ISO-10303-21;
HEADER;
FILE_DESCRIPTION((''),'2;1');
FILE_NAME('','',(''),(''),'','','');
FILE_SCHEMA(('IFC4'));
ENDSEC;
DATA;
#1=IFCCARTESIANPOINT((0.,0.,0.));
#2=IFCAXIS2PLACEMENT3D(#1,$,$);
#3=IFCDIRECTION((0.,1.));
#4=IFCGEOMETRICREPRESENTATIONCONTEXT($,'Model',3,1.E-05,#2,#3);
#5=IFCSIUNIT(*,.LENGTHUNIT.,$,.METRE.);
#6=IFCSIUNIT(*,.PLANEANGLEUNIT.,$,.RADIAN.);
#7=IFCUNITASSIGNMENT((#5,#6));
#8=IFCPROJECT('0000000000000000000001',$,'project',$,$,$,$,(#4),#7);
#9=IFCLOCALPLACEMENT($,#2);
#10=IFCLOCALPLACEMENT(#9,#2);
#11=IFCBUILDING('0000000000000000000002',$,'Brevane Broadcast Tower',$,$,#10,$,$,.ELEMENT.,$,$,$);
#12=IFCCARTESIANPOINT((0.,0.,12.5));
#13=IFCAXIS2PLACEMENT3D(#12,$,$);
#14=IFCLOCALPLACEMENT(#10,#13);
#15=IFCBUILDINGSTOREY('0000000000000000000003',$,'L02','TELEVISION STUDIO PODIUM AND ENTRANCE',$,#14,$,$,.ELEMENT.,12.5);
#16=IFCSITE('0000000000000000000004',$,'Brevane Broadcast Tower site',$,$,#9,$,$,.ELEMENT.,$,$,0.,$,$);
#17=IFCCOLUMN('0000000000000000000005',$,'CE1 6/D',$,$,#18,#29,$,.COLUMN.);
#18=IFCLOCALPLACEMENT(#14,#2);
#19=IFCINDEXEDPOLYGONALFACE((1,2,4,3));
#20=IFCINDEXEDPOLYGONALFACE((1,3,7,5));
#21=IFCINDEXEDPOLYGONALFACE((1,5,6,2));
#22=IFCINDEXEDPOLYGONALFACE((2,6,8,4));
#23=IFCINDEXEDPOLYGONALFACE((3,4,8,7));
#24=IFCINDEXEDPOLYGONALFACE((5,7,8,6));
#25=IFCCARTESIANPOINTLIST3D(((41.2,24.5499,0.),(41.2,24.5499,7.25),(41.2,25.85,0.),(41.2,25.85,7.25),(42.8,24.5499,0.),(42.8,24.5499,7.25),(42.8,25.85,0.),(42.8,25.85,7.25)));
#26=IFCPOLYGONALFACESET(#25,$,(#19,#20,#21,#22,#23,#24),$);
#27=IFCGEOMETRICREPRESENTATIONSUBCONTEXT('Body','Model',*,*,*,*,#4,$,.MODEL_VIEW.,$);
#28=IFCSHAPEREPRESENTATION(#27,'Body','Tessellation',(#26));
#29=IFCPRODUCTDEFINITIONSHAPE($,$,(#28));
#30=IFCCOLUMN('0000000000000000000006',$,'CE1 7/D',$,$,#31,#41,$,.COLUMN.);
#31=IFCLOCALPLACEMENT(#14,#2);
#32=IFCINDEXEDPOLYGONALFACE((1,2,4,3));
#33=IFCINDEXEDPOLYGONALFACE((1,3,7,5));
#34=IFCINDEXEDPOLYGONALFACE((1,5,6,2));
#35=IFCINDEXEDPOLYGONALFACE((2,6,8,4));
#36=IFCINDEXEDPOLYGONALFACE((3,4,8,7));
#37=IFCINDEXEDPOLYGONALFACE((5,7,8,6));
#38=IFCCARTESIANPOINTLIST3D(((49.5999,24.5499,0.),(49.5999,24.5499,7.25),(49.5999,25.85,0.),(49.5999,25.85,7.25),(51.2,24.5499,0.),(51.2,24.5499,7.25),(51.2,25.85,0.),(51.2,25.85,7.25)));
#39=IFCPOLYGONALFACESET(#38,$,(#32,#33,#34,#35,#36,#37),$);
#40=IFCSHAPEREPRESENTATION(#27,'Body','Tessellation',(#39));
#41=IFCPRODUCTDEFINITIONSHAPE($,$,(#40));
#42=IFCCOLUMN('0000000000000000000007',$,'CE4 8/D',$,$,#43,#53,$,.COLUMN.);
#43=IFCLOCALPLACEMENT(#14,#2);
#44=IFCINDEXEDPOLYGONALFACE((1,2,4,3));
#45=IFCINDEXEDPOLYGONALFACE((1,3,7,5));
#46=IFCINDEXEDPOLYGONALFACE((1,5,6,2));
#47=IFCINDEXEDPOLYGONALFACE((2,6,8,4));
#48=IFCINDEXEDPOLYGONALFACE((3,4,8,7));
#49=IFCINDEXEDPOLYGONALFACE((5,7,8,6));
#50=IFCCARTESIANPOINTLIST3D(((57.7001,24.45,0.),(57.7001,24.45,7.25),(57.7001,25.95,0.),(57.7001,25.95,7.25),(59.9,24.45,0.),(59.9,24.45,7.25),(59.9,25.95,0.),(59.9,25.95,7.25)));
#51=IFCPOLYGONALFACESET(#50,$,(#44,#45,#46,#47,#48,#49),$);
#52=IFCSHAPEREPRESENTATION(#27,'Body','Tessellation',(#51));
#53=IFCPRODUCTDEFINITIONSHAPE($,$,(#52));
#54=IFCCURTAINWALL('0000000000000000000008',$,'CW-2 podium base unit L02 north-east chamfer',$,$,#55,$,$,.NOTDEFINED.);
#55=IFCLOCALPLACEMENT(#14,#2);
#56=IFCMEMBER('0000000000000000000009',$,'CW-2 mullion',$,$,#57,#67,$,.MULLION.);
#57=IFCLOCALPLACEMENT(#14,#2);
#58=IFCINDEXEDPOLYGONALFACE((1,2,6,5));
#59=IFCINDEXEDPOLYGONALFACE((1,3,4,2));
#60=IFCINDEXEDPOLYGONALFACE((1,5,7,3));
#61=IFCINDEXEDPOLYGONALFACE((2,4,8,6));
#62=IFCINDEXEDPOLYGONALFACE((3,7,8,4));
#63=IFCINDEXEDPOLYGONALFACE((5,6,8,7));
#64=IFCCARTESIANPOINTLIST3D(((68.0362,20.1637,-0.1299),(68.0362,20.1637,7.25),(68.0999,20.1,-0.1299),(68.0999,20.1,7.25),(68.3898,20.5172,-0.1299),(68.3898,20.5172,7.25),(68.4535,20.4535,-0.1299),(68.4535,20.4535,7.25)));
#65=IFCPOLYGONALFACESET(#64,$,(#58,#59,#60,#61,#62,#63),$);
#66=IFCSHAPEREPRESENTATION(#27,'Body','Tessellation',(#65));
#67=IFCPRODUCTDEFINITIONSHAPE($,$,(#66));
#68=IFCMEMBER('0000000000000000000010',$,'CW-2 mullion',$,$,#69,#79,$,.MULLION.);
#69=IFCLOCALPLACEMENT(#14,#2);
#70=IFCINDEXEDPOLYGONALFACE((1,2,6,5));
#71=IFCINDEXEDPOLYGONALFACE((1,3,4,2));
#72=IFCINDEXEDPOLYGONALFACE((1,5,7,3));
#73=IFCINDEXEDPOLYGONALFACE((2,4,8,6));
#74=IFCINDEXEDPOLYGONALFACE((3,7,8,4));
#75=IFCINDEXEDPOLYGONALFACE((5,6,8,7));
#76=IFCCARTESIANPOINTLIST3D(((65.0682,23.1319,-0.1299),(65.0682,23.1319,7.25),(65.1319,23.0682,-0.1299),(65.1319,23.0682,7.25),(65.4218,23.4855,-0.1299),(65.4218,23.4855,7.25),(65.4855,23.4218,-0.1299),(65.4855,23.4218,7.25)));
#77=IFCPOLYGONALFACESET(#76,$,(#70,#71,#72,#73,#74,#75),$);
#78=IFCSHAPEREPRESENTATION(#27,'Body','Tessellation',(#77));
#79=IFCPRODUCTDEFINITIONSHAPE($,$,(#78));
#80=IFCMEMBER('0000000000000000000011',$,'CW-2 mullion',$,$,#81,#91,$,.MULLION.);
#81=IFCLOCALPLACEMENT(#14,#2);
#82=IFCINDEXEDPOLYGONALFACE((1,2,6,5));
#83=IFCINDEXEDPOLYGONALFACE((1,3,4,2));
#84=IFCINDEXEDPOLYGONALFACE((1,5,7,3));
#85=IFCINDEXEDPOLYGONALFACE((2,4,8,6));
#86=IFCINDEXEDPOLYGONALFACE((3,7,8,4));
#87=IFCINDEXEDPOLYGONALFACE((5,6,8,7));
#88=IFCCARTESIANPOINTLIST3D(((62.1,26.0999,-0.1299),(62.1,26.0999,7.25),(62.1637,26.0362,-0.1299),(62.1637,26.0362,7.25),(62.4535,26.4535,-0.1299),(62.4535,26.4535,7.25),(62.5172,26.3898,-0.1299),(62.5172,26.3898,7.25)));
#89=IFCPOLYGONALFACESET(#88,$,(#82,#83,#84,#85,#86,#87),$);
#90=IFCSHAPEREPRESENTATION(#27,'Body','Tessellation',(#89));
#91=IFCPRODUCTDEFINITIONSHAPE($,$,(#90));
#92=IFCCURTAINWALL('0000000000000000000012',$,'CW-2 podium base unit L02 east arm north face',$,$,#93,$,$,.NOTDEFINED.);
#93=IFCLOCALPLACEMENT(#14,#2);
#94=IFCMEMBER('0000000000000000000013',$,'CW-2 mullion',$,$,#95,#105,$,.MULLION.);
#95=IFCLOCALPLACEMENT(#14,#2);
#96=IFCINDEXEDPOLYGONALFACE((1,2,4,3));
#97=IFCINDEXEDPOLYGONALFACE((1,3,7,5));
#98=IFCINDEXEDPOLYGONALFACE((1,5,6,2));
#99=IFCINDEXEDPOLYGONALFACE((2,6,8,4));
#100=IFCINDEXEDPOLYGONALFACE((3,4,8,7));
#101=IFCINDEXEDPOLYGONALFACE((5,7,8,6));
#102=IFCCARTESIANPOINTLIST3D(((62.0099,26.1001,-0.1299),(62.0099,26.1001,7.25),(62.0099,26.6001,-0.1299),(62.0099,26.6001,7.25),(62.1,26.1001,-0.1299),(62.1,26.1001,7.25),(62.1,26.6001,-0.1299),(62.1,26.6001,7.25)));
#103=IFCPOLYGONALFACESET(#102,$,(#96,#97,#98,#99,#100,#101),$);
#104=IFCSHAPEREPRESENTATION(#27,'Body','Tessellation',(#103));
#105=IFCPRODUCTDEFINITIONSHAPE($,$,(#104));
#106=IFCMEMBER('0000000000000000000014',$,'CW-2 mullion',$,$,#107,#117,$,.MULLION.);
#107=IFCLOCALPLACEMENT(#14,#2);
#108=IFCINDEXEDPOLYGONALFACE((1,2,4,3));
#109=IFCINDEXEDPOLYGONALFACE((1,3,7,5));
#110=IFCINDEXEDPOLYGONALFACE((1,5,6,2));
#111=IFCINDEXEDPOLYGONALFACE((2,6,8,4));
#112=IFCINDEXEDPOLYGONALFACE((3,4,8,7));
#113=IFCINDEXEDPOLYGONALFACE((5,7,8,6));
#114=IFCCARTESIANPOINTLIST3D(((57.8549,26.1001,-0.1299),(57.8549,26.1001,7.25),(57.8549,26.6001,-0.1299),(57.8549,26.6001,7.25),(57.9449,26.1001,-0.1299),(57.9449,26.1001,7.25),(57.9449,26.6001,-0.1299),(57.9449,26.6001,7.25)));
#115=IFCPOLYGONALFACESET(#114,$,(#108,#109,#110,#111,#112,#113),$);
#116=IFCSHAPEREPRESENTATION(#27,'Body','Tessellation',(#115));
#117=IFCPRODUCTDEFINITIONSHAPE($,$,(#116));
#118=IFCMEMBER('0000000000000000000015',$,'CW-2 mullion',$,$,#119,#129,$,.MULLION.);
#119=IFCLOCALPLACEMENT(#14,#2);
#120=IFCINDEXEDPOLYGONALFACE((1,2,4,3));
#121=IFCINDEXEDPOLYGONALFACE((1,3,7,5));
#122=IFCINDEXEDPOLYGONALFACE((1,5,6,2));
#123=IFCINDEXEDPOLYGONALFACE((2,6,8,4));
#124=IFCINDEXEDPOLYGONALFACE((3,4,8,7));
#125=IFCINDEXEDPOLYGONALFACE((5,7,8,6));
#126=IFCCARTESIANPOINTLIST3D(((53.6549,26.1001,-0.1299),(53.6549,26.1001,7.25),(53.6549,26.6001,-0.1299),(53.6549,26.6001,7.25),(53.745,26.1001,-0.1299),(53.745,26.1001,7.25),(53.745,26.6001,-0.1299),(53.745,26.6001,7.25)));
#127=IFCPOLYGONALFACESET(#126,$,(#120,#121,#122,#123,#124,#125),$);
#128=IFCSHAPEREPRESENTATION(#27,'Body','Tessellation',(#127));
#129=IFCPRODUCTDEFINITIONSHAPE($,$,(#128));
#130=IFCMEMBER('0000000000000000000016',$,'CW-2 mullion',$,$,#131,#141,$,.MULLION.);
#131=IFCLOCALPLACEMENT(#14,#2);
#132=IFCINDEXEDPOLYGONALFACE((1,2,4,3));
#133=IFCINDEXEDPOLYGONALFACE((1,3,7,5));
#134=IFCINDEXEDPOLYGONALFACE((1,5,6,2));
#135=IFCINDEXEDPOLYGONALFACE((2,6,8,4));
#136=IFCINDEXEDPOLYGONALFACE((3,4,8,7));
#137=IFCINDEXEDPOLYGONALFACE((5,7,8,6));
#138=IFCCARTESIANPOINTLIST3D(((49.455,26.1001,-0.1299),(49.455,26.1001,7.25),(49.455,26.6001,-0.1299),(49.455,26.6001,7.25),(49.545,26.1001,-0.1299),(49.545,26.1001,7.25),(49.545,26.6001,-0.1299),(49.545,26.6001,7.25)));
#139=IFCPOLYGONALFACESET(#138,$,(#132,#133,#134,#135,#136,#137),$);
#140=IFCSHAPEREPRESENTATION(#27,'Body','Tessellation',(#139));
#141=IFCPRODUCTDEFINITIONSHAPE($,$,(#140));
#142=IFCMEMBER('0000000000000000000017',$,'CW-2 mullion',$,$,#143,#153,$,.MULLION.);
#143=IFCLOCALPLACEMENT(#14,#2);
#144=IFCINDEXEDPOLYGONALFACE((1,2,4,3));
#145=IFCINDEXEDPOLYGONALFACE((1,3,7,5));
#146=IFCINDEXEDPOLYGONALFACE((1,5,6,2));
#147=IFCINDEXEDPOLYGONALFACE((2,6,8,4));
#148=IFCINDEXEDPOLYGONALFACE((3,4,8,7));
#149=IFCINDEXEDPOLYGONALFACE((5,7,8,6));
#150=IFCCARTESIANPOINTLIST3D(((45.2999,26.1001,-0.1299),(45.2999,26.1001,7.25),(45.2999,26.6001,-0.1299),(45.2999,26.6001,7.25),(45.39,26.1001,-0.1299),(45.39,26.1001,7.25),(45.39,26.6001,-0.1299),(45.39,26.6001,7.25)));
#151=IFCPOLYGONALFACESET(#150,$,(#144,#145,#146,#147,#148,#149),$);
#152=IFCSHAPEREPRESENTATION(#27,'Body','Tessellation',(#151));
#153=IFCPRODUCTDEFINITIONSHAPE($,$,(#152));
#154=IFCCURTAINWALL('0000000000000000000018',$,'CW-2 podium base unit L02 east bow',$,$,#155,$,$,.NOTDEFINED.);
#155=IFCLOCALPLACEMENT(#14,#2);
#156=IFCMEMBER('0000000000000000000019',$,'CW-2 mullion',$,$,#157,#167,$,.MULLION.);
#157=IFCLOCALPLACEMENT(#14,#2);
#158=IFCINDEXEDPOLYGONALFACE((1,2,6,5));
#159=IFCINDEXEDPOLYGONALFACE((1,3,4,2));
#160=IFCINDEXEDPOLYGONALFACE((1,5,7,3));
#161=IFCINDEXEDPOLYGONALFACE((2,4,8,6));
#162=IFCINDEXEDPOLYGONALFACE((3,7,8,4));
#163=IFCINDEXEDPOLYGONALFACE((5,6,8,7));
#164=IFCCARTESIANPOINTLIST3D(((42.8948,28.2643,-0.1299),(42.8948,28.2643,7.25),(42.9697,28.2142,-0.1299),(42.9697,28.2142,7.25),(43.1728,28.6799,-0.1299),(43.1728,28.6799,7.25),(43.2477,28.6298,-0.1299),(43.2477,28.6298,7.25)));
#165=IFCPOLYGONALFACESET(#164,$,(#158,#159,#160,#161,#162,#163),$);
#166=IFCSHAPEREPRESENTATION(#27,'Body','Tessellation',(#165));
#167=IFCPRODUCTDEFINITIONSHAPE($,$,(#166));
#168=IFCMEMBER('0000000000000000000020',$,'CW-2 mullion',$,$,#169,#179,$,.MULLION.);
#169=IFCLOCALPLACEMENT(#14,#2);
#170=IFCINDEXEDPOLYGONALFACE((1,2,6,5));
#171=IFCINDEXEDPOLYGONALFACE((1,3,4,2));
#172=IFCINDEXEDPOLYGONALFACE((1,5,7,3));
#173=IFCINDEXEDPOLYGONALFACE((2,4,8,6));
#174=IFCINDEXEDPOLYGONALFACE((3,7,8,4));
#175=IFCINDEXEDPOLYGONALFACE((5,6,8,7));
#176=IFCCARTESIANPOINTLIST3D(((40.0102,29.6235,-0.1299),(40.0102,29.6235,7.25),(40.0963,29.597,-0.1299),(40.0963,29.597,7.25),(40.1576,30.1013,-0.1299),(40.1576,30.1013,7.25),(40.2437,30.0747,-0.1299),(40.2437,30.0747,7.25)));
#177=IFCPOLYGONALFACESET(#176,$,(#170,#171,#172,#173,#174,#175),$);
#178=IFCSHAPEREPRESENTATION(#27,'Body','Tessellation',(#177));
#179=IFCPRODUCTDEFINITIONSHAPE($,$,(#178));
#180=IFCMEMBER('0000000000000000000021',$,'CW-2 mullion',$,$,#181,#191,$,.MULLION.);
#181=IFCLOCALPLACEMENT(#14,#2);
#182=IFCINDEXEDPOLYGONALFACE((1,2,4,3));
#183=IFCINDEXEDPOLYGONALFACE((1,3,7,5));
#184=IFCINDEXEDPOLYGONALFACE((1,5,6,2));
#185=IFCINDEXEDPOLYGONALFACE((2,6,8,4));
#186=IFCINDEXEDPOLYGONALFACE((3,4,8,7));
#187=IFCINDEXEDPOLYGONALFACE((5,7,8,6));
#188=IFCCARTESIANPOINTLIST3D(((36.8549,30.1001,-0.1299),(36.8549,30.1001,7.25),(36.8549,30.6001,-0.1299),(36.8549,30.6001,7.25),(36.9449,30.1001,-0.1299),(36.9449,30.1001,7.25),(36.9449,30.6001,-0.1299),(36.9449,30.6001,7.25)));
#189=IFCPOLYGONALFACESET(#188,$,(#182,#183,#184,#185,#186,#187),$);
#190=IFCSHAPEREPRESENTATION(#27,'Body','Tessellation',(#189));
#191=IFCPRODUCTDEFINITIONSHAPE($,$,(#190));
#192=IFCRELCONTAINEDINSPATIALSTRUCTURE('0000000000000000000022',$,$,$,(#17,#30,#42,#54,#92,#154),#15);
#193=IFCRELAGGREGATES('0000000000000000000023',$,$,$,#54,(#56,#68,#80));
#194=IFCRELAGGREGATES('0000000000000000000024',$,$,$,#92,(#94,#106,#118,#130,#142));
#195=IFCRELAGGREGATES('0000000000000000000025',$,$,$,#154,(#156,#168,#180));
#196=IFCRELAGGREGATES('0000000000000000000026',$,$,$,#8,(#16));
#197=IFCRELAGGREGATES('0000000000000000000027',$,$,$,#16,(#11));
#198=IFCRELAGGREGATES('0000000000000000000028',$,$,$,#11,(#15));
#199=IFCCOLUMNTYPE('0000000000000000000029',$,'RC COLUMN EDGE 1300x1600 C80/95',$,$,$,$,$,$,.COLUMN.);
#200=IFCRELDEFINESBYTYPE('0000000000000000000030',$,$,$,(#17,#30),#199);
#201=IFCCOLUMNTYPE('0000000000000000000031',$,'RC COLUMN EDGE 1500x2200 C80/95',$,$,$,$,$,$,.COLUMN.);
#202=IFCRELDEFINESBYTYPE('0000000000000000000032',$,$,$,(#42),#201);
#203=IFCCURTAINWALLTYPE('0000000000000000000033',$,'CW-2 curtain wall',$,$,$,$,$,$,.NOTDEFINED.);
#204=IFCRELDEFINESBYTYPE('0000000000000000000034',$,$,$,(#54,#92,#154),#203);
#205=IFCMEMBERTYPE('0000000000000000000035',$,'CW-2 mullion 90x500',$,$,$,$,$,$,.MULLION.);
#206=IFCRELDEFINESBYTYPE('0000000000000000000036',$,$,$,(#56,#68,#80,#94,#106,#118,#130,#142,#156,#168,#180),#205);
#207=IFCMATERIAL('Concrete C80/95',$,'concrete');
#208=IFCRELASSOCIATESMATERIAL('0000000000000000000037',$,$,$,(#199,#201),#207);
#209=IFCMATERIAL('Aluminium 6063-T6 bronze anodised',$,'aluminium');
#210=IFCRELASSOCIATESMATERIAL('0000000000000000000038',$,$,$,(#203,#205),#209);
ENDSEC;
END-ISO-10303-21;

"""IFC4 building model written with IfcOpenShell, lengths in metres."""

from ifc_helpers import new_model, si_unit, direction, frame, origin, origin_2d, place, context, subcontext, project, spatial, rectangle, extrude, material, material_profile, profile_set, type_object, element, aggregate, save


model = new_model("IFC4")

# Units and contexts
model_context = context("Model", 3, precision=1e-05, world=origin(), true_north=direction((0.0, 1.0)))
body_context = subcontext(model_context, "Body", "Model", "MODEL_VIEW")
ifc_project = project(units=[si_unit("LENGTHUNIT", "METRE"), si_unit("PLANEANGLEUNIT", "RADIAN")], contexts=[model_context])

# Site, building, storey
site_placement = place(None, origin())
site = spatial("IfcSite", under=ifc_project, at=site_placement, Name="Brevane Broadcast Tower site", CompositionType="ELEMENT", RefElevation=0.0)
building_placement = place(site_placement, origin())
building = spatial("IfcBuilding", under=site, at=building_placement, Name="Brevane Broadcast Tower", CompositionType="ELEMENT")
storey_placement = place(building_placement, frame((0.0, 0.0, 12.5)))
storey = spatial("IfcBuildingStorey", under=building, at=storey_placement, Name="L02", Description="TELEVISION STUDIO PODIUM AND ENTRANCE", CompositionType="ELEMENT", Elevation=12.5)

# Columns
ifc_material_1 = material(Name="Concrete C80/95", Category="concrete")
ifc_material_profile_1 = material_profile(ifc_material_1, rectangle(XDim=1.3, YDim=1.6001, at=origin_2d()), Name="RC 1300x1600")
ifc_profile_set_1 = profile_set([ifc_material_profile_1], Name="Concrete C80/95")
column_type_1 = type_object("IfcColumnType", Name="RC COLUMN EDGE 1300x1600 C80/95", PredefinedType="COLUMN", material=ifc_profile_set_1)
for number, where, z_axis, x_axis, name in (
    (1, (42.0, 25.2, 0.0), (0.0, 0.0, 1.0), (0.0, 1.0, 0.0), "CE1 6/D"),
    (2, (50.3999, 25.2, 0.0), (0.0, 0.0, 1.0), (0.0, 1.0, 0.0), "CE1 7/D"),
):
    element("IfcColumn", number, at=place(storey_placement, frame(where, z_axis=z_axis, x_axis=x_axis)), inside=storey, type_object=column_type_1, Name=name, PredefinedType="COLUMN", context=body_context, shape_type="SweptSolid", body=[
        extrude(rectangle(XDim=1.3, YDim=1.6001, at=origin_2d()), origin(), (0.0, 0.0, 1.0), 7.25),
    ])
ifc_material_profile_2 = material_profile(ifc_material_1, rectangle(XDim=1.5, YDim=2.2, at=origin_2d()), Name="RC 1500x2200")
ifc_profile_set_2 = profile_set([ifc_material_profile_2], Name="Concrete C80/95")
column_type_2 = type_object("IfcColumnType", Name="RC COLUMN EDGE 1500x2200 C80/95", PredefinedType="COLUMN", material=ifc_profile_set_2)
column_placement = place(storey_placement, frame((58.8, 25.2, 0.0), z_axis=(0.0, 0.0, 1.0), x_axis=(0.0, 1.0, 0.0)))
element("IfcColumn", 3, at=column_placement, inside=storey, type_object=column_type_2, Name="CE4 8/D", PredefinedType="COLUMN", context=body_context, shape_type="SweptSolid", body=[
    extrude(rectangle(XDim=1.5, YDim=2.2, at=origin_2d()), origin(), (0.0, 0.0, 1.0), 7.25),
])

# Curtain walls, members
ifc_material_2 = material(Name="Aluminium 6063-T6 bronze anodised", Category="aluminium")
curtain_wall_type = type_object("IfcCurtainWallType", Name="CW-2 curtain wall", PredefinedType="NOTDEFINED", material=ifc_material_2)
curtain_wall_1_placement = place(storey_placement, origin())
curtain_wall_1 = element("IfcCurtainWall", 4, at=curtain_wall_1_placement, inside=storey, type_object=curtain_wall_type, Name="CW-2 podium base unit L02 north-east chamfer", PredefinedType="NOTDEFINED")
ifc_material_profile_3 = material_profile(ifc_material_2, rectangle(XDim=0.5, YDim=0.0901, at=origin_2d()), Name="RECT 90x500")
ifc_profile_set_3 = profile_set([ifc_material_profile_3], Name="Aluminium 6063-T6 bronze anodised")
member_type_1 = type_object("IfcMemberType", Name="CW-2 mullion 90x500", PredefinedType="MULLION", material=ifc_profile_set_3)
member_1_placement = place(storey_placement, frame((68.2449, 20.3086, -0.1299), z_axis=(0.0, 0.0, 1.0), x_axis=(-0.707107, -0.707107, 0.0)))
member_1 = element("IfcMember", 5, at=member_1_placement, type_object=member_type_1, Name="CW-2 mullion", PredefinedType="MULLION", context=body_context, shape_type="SweptSolid", body=[
    extrude(rectangle(XDim=0.5, YDim=0.0901, at=origin_2d()), origin(), (0.0, 0.0, 1.0), 7.3799),
])
member_2_placement = place(storey_placement, frame((65.2769, 23.2769, -0.1299), z_axis=(0.0, 0.0, 1.0), x_axis=(-0.707107, -0.707107, 0.0)))
member_2 = element("IfcMember", 6, at=member_2_placement, type_object=member_type_1, Name="CW-2 mullion", PredefinedType="MULLION", context=body_context, shape_type="SweptSolid", body=[
    extrude(rectangle(XDim=0.5, YDim=0.0901, at=origin_2d()), origin(), (0.0, 0.0, 1.0), 7.3799),
])
member_3_placement = place(storey_placement, frame((62.3086, 26.2449, -0.1299), z_axis=(0.0, 0.0, 1.0), x_axis=(-0.707107, -0.707107, 0.0)))
member_3 = element("IfcMember", 7, at=member_3_placement, type_object=member_type_1, Name="CW-2 mullion", PredefinedType="MULLION", context=body_context, shape_type="SweptSolid", body=[
    extrude(rectangle(XDim=0.5, YDim=0.0901, at=origin_2d()), origin(), (0.0, 0.0, 1.0), 7.3799),
])
aggregate(curtain_wall_1, [member_1, member_2, member_3])
curtain_wall_2_placement = place(storey_placement, origin())
curtain_wall_2 = element("IfcCurtainWall", 8, at=curtain_wall_2_placement, inside=storey, type_object=curtain_wall_type, Name="CW-2 podium base unit L02 east arm north face", PredefinedType="NOTDEFINED")
member_4_placement = place(storey_placement, frame((62.0549, 26.3501, -0.1299), z_axis=(0.0, 0.0, 1.0), x_axis=(0.0, -1.0, 0.0)))
member_4 = element("IfcMember", 9, at=member_4_placement, type_object=member_type_1, Name="CW-2 mullion", PredefinedType="MULLION", context=body_context, shape_type="SweptSolid", body=[
    extrude(rectangle(XDim=0.5, YDim=0.0901, at=origin_2d()), origin(), (0.0, 0.0, 1.0), 7.3799),
])
member_5_placement = place(storey_placement, frame((57.8999, 26.3501, -0.1299), z_axis=(0.0, 0.0, 1.0), x_axis=(0.0, -1.0, 0.0)))
member_5 = element("IfcMember", 10, at=member_5_placement, type_object=member_type_1, Name="CW-2 mullion", PredefinedType="MULLION", context=body_context, shape_type="SweptSolid", body=[
    extrude(rectangle(XDim=0.5, YDim=0.0901, at=origin_2d()), origin(), (0.0, 0.0, 1.0), 7.3799),
])
member_6_placement = place(storey_placement, frame((53.7, 26.3501, -0.1299), z_axis=(0.0, 0.0, 1.0), x_axis=(0.0, -1.0, 0.0)))
member_6 = element("IfcMember", 11, at=member_6_placement, type_object=member_type_1, Name="CW-2 mullion", PredefinedType="MULLION", context=body_context, shape_type="SweptSolid", body=[
    extrude(rectangle(XDim=0.5, YDim=0.0901, at=origin_2d()), origin(), (0.0, 0.0, 1.0), 7.3799),
])
member_7_placement = place(storey_placement, frame((49.5, 26.3501, -0.1299), z_axis=(0.0, 0.0, 1.0), x_axis=(0.0, -1.0, 0.0)))
member_7 = element("IfcMember", 12, at=member_7_placement, type_object=member_type_1, Name="CW-2 mullion", PredefinedType="MULLION", context=body_context, shape_type="SweptSolid", body=[
    extrude(rectangle(XDim=0.5, YDim=0.0901, at=origin_2d()), origin(), (0.0, 0.0, 1.0), 7.3799),
])
member_8_placement = place(storey_placement, frame((45.345, 26.3501, -0.1299), z_axis=(0.0, 0.0, 1.0), x_axis=(0.0, -1.0, 0.0)))
member_8 = element("IfcMember", 13, at=member_8_placement, type_object=member_type_1, Name="CW-2 mullion", PredefinedType="MULLION", context=body_context, shape_type="SweptSolid", body=[
    extrude(rectangle(XDim=0.5, YDim=0.0901, at=origin_2d()), origin(), (0.0, 0.0, 1.0), 7.3799),
])
curtain_wall_3_placement = place(storey_placement, origin())
curtain_wall_3 = element("IfcCurtainWall", 14, at=curtain_wall_3_placement, inside=storey, type_object=curtain_wall_type, Name="CW-2 podium base unit L02 east bow", PredefinedType="NOTDEFINED")
member_9_placement = place(storey_placement, frame((43.0713, 28.447, -0.1299), z_axis=(0.0, 0.0, 1.0), x_axis=(-0.555997, -0.831184, 0.0)))
member_9 = element("IfcMember", 15, at=member_9_placement, type_object=member_type_1, Name="CW-2 mullion", PredefinedType="MULLION", context=body_context, shape_type="SweptSolid", body=[
    extrude(rectangle(XDim=0.5, YDim=0.0901, at=origin_2d()), origin(), (0.0, 0.0, 1.0), 7.3799),
])
member_10_placement = place(storey_placement, frame((40.127, 29.8491, -0.1299), z_axis=(0.0, 0.0, 1.0), x_axis=(-0.294828, -0.95555, 0.0)))
member_10 = element("IfcMember", 16, at=member_10_placement, type_object=member_type_1, Name="CW-2 mullion", PredefinedType="MULLION", context=body_context, shape_type="SweptSolid", body=[
    extrude(rectangle(XDim=0.5, YDim=0.0901, at=origin_2d()), origin(), (0.0, 0.0, 1.0), 7.3799),
])
member_11_placement = place(storey_placement, frame((36.8999, 30.3501, -0.1299), z_axis=(0.0, 0.0, 1.0), x_axis=(0.0, -1.0, 0.0)))
member_11 = element("IfcMember", 17, at=member_11_placement, type_object=member_type_1, Name="CW-2 mullion", PredefinedType="MULLION", context=body_context, shape_type="SweptSolid", body=[
    extrude(rectangle(XDim=0.5, YDim=0.0901, at=origin_2d()), origin(), (0.0, 0.0, 1.0), 7.3799),
])

aggregate(curtain_wall_2, [member_4, member_5, member_6, member_7, member_8])
aggregate(curtain_wall_3, [member_9, member_10, member_11])

save(model, "model.ifc")
